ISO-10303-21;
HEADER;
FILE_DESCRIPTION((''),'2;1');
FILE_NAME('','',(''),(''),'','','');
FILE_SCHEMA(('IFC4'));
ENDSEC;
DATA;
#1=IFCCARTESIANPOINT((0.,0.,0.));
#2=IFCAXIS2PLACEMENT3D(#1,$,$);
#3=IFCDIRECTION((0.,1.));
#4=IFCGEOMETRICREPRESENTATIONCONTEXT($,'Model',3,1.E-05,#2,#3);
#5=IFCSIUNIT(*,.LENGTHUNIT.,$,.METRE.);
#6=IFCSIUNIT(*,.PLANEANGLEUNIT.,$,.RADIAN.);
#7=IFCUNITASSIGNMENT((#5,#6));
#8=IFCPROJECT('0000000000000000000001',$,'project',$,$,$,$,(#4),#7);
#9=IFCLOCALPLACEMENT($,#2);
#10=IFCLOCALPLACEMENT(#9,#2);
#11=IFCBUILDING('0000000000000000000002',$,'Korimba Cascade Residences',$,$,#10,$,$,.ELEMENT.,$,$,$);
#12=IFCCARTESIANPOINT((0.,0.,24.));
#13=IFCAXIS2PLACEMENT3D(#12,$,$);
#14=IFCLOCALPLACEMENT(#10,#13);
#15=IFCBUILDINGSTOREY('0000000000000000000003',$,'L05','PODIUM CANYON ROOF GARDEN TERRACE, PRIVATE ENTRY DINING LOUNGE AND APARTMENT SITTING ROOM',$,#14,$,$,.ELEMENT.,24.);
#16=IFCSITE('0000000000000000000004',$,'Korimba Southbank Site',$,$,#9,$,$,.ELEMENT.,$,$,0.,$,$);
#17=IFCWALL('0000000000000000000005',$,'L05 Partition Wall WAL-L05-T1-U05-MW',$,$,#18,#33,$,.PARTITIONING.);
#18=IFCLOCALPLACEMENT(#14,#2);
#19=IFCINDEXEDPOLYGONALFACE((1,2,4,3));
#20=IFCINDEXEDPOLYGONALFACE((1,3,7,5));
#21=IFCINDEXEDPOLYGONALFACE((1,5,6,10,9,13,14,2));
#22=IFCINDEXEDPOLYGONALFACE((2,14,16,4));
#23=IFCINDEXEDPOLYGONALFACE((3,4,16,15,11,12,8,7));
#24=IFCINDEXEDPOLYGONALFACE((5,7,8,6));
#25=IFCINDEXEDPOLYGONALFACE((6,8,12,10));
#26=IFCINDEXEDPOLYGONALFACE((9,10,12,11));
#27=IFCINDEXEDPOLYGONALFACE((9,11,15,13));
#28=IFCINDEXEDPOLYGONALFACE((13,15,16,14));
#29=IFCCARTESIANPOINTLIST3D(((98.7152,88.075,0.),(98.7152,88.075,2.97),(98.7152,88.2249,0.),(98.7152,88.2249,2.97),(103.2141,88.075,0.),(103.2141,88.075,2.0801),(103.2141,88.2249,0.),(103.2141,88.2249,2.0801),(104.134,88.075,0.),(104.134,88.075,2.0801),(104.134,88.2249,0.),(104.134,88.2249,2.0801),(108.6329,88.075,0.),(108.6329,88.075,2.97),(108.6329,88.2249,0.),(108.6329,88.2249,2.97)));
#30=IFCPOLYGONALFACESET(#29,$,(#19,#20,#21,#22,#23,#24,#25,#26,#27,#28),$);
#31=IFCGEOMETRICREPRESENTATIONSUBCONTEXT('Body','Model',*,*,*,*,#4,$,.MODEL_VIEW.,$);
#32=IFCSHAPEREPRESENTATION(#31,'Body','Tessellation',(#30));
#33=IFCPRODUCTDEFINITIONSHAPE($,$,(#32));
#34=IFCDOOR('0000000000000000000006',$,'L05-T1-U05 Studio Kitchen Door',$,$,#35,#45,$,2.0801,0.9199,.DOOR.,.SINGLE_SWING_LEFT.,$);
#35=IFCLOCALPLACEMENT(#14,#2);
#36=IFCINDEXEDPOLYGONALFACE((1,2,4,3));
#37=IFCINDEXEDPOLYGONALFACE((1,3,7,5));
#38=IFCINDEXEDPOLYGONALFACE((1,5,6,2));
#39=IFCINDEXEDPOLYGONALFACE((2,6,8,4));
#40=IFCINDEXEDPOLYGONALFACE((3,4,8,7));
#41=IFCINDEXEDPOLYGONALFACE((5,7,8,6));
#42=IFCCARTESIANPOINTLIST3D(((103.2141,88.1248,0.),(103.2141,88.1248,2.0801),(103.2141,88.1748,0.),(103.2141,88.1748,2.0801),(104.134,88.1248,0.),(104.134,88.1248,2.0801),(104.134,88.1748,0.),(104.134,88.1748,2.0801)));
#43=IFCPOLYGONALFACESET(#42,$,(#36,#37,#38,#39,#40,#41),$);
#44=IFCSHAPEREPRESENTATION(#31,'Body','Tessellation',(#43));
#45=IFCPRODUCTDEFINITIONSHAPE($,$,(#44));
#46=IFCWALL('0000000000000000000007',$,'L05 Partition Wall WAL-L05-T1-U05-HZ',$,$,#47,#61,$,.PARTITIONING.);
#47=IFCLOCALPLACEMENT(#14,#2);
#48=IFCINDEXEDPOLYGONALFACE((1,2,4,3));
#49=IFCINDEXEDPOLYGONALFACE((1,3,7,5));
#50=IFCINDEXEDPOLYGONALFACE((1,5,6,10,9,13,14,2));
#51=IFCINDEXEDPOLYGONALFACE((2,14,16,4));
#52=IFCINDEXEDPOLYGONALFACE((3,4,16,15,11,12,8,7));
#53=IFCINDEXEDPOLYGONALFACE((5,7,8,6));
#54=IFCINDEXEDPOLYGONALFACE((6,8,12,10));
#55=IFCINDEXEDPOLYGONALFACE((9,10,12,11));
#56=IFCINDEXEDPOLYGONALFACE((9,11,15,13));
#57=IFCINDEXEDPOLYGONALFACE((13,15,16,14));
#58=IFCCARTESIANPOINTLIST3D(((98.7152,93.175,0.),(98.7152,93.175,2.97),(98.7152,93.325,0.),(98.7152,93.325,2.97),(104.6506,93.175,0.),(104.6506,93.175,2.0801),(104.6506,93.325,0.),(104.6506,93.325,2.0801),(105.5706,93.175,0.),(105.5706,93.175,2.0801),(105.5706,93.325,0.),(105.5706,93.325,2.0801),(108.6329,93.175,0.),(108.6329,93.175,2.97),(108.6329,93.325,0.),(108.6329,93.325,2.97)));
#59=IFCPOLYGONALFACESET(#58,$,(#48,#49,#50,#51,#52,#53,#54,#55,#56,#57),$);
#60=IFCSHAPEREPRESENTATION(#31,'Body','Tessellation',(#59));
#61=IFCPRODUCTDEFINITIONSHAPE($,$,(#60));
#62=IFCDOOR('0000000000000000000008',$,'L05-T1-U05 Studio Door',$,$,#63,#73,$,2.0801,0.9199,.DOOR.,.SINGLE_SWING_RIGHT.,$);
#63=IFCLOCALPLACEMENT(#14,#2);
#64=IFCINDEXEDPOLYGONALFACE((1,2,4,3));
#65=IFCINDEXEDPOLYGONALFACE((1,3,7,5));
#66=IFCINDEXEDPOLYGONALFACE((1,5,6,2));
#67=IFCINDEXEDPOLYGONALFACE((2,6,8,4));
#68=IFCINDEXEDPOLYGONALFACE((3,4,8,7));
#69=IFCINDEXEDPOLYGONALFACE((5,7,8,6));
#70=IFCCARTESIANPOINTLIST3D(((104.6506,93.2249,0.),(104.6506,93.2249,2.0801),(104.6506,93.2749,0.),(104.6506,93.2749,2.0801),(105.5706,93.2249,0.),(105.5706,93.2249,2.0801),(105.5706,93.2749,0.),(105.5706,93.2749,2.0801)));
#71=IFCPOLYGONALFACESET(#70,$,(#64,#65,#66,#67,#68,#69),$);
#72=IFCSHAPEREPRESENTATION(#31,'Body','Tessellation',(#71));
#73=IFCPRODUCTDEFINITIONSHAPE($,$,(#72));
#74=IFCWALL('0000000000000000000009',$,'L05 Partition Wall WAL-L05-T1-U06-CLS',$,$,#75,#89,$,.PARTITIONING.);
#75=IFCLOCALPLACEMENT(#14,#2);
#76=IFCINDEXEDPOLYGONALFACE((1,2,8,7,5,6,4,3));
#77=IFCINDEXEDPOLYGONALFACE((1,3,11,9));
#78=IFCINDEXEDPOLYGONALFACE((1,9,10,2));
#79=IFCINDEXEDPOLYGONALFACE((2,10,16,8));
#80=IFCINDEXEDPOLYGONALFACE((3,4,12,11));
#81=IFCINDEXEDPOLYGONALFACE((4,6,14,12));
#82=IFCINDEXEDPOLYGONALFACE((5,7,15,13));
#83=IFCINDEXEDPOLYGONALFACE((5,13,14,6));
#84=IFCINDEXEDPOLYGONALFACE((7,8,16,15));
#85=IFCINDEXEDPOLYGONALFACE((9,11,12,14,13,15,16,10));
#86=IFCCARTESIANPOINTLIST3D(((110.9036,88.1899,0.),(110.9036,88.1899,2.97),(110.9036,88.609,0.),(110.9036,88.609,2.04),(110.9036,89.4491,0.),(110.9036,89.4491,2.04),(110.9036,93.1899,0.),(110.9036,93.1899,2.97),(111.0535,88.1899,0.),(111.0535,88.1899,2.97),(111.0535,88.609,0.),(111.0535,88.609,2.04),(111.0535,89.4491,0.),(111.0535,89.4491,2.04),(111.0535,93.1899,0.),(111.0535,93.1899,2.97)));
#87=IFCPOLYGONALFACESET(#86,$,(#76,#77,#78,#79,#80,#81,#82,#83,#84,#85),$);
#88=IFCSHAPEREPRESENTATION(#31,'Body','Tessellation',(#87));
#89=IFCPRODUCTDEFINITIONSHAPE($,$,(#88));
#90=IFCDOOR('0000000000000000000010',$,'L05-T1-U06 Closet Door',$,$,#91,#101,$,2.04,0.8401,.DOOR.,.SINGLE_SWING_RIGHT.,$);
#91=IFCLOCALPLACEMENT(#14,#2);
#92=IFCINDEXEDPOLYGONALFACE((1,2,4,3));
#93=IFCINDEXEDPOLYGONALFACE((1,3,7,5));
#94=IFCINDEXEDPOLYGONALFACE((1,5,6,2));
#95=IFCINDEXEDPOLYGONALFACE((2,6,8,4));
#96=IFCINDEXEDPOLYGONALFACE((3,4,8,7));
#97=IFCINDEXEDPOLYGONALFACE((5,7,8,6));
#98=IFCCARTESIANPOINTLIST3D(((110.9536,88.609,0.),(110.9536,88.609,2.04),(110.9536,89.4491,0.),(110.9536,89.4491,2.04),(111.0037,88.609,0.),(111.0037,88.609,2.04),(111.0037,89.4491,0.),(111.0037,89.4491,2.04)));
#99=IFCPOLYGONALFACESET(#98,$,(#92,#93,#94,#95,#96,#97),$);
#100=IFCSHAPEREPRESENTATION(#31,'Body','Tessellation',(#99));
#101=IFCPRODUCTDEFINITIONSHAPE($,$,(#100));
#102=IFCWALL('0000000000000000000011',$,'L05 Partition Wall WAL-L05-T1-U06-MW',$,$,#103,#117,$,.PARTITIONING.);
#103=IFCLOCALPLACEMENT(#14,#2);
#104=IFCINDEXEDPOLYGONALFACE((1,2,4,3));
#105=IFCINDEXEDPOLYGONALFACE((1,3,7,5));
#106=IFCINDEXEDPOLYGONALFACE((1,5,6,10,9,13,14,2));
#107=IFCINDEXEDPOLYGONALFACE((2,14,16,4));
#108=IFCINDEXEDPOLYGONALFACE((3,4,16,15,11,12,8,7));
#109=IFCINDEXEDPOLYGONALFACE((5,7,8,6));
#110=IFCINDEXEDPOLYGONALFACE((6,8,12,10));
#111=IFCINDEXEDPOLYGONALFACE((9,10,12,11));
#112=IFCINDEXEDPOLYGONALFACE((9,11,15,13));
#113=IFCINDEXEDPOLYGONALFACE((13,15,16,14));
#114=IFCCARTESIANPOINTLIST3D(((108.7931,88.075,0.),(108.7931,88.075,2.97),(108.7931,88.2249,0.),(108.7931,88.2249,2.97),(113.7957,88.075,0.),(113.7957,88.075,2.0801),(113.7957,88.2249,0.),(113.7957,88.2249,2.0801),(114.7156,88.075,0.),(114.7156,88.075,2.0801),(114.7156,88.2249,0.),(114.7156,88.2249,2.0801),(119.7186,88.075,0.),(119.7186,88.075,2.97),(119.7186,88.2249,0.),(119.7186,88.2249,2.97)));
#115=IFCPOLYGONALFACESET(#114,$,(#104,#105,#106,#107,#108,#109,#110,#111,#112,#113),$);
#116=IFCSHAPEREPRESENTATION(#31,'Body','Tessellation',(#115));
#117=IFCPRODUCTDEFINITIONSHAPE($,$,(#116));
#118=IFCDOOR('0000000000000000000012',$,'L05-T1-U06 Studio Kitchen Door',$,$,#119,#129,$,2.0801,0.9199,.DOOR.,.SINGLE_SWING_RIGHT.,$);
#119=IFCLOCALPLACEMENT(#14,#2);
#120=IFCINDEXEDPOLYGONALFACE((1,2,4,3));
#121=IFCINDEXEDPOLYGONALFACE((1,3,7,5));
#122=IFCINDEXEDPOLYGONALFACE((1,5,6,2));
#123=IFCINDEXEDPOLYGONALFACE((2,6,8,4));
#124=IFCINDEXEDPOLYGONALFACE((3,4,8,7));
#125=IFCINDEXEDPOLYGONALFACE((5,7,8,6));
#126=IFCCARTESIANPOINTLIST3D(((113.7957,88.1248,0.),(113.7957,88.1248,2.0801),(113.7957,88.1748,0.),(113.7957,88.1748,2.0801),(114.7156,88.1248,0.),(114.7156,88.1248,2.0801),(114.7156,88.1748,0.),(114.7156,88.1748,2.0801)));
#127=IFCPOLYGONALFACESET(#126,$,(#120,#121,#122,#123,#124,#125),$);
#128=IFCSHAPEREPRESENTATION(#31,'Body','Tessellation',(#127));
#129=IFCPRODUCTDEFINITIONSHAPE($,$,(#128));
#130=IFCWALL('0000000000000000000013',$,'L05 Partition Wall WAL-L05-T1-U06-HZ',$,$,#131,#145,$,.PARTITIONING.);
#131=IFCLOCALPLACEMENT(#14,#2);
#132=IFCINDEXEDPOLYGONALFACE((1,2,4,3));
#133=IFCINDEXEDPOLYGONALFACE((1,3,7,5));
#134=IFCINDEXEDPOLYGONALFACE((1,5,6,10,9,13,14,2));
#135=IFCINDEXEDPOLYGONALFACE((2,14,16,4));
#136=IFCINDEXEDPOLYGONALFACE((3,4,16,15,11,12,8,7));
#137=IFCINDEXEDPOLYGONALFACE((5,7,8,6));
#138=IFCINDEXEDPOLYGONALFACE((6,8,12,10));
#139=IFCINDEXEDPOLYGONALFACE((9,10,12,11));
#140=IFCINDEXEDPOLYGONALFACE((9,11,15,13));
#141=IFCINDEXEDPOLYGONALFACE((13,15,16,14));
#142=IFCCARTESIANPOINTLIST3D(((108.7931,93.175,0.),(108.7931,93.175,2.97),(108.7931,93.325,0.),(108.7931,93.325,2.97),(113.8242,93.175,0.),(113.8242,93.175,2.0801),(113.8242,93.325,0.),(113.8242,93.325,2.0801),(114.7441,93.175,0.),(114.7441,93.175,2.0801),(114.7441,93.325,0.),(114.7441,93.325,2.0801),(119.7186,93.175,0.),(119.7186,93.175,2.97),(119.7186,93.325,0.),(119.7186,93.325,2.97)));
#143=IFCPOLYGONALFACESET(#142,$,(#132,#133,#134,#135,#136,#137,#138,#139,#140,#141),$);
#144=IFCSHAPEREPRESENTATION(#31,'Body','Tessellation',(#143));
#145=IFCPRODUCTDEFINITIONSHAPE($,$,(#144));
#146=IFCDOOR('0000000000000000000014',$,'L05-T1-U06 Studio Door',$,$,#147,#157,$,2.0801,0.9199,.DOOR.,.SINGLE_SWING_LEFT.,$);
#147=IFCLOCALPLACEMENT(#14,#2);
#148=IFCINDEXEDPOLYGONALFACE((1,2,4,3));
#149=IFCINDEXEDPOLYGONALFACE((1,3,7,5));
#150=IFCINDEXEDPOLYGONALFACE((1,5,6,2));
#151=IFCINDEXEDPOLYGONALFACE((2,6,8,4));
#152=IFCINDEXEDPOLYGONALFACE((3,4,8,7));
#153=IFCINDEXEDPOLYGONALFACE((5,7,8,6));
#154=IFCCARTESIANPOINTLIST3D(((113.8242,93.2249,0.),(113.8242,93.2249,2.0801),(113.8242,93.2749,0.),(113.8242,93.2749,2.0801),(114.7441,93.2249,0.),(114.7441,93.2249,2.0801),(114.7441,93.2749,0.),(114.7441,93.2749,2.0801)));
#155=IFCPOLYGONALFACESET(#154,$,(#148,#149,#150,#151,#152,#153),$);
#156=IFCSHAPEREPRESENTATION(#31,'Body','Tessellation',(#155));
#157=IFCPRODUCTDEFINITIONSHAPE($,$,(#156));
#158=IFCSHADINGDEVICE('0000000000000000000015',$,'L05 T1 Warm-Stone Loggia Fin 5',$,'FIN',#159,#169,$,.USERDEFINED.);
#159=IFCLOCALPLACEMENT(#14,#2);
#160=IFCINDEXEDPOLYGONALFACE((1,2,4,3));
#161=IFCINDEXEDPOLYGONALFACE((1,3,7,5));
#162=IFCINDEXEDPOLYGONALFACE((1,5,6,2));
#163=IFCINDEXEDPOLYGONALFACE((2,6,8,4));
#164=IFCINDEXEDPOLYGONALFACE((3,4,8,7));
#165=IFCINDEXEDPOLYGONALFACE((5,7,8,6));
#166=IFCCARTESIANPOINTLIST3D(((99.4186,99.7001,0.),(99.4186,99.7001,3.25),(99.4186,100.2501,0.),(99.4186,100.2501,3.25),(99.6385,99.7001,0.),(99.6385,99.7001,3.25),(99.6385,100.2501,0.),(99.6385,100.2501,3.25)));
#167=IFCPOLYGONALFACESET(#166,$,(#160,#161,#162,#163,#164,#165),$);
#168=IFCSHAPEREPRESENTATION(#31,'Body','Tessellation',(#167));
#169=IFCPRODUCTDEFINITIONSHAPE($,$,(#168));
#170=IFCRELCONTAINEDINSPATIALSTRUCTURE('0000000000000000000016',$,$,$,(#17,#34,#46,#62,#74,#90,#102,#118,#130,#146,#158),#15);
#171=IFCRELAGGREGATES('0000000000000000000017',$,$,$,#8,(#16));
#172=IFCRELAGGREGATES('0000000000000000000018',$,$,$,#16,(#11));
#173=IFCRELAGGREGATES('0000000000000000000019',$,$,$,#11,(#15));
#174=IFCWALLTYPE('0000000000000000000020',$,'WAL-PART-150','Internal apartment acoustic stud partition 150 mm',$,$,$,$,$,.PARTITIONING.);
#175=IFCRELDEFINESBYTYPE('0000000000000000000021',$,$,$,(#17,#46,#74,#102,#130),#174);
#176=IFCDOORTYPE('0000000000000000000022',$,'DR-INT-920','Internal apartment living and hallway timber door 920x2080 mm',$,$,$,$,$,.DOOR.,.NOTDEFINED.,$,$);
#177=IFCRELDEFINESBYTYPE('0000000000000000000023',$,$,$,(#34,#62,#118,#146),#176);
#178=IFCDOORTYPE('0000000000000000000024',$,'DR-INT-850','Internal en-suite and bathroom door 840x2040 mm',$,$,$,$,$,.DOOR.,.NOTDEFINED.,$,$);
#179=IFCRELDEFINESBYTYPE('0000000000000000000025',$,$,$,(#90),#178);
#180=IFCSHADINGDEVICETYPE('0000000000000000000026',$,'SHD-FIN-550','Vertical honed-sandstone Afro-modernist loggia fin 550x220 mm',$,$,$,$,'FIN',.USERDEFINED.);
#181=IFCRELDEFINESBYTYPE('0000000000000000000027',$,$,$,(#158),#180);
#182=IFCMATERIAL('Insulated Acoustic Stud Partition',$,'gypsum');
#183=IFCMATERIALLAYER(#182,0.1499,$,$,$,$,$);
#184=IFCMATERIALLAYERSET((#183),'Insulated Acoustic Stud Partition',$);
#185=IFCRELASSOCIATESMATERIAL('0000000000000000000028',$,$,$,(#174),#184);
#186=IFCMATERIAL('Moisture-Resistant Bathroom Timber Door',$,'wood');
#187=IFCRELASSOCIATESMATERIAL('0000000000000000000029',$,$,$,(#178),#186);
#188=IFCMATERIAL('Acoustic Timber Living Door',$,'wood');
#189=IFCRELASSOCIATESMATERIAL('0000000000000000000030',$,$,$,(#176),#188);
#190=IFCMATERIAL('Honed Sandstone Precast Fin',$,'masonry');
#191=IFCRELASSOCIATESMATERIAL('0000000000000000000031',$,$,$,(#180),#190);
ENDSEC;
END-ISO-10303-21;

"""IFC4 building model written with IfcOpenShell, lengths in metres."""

from ifc_helpers import new_model, si_unit, direction, frame, frame_2d, origin, origin_2d, place, context, subcontext, project, spatial, rectangle, extrude, material, layer, layer_set, type_object, element, fill, save


model = new_model("IFC4")

# Units and contexts
model_context = context("Model", 3, precision=1e-05, world=origin(), true_north=direction((0.0, 1.0)))
body_context = subcontext(model_context, "Body", "Model", "MODEL_VIEW")
ifc_project = project(units=[si_unit("LENGTHUNIT", "METRE"), si_unit("PLANEANGLEUNIT", "RADIAN")], contexts=[model_context])

# Site, building, storey
site_placement = place(None, origin())
site = spatial("IfcSite", under=ifc_project, at=site_placement, Name="Korimba Southbank Site", CompositionType="ELEMENT", RefElevation=0.0)
building_placement = place(site_placement, origin())
building = spatial("IfcBuilding", under=site, at=building_placement, Name="Korimba Cascade Residences", CompositionType="ELEMENT")
storey_placement = place(building_placement, frame((0.0, 0.0, 24.0)))
storey = spatial("IfcBuildingStorey", under=building, at=storey_placement, Name="L05", Description="PODIUM CANYON ROOF GARDEN TERRACE, PRIVATE ENTRY DINING LOUNGE AND APARTMENT SITTING ROOM", CompositionType="ELEMENT", Elevation=24.0)

# Walls, openings, doors
ifc_material_1 = material(Name="Insulated Acoustic Stud Partition", Category="gypsum")
ifc_layer = layer(ifc_material_1, 0.1499)
ifc_layer_set = layer_set([ifc_layer], Name="Insulated Acoustic Stud Partition")
wall_type = type_object("IfcWallType", Name="WAL-PART-150", Description="Internal apartment acoustic stud partition 150 mm", PredefinedType="PARTITIONING", material=ifc_layer_set)
ifc_material_2 = material(Name="Moisture-Resistant Bathroom Timber Door", Category="wood")
door_type_1 = type_object("IfcDoorType", Name="DR-INT-850", Description="Internal en-suite and bathroom door 840x2040 mm", OperationType="NOTDEFINED", PredefinedType="DOOR", material=ifc_material_2)
wall_1_placement = place(storey_placement, frame((98.7151, 88.1499, 0.0), z_axis=(0.0, 0.0, 1.0), x_axis=(1.0, 0.0, 0.0)))
wall_1 = element("IfcWall", 1, at=wall_1_placement, inside=storey, type_object=wall_type, Name="L05 Partition Wall WAL-L05-T1-U05-MW", PredefinedType="PARTITIONING", context=body_context, shape_type="SweptSolid", body=[
    extrude(rectangle(XDim=9.9177, YDim=0.1499, at=frame_2d((4.959, 0.0))), origin(), (0.0, 0.0, 1.0), 2.97),
])
opening_1_placement = place(wall_1_placement, frame((4.499, 0.0, 0.0)))
opening_1 = element("IfcOpeningElement", 2, at=opening_1_placement, cuts=wall_1, PredefinedType="OPENING", context=body_context, shape_type="SweptSolid", body=[
    extrude(rectangle(XDim=0.9199, YDim=2.0801, at=frame_2d((0.46, 1.04))), frame((0.0, 0.085, 0.0), z_axis=(0.0, -1.0, 0.0), x_axis=(1.0, 0.0, 0.0)), (0.0, 0.0, 1.0), 0.1699),
])
ifc_material_3 = material(Name="Acoustic Timber Living Door", Category="wood")
door_type_2 = type_object("IfcDoorType", Name="DR-INT-920", Description="Internal apartment living and hallway timber door 920x2080 mm", OperationType="NOTDEFINED", PredefinedType="DOOR", material=ifc_material_3)
door_1_placement = place(opening_1_placement, origin())
door_1 = element("IfcDoor", 3, at=door_1_placement, inside=storey, type_object=door_type_2, Name="L05-T1-U05 Studio Kitchen Door", OperationType="SINGLE_SWING_LEFT", OverallHeight=2.0801, OverallWidth=0.9199, PredefinedType="DOOR", context=body_context, shape_type="SweptSolid", body=[
    extrude(rectangle(XDim=0.9199, YDim=2.0801, at=frame_2d((0.46, 1.04))), frame((0.0, 0.0249, 0.0), z_axis=(0.0, -1.0, 0.0), x_axis=(1.0, 0.0, 0.0)), (0.0, 0.0, 1.0), 0.05),
])
fill(opening_1, door_1)
wall_2_placement = place(storey_placement, frame((98.7151, 93.25, 0.0), z_axis=(0.0, 0.0, 1.0), x_axis=(1.0, 0.0, 0.0)))
wall_2 = element("IfcWall", 4, at=wall_2_placement, inside=storey, type_object=wall_type, Name="L05 Partition Wall WAL-L05-T1-U05-HZ", PredefinedType="PARTITIONING", context=body_context, shape_type="SweptSolid", body=[
    extrude(rectangle(XDim=9.9177, YDim=0.1499, at=frame_2d((4.959, 0.0))), origin(), (0.0, 0.0, 1.0), 2.97),
])
opening_2_placement = place(wall_2_placement, frame((5.9355, 0.0, 0.0)))
opening_2 = element("IfcOpeningElement", 5, at=opening_2_placement, cuts=wall_2, PredefinedType="OPENING", context=body_context, shape_type="SweptSolid", body=[
    extrude(rectangle(XDim=0.9199, YDim=2.0801, at=frame_2d((0.46, 1.04))), frame((0.0, 0.085, 0.0), z_axis=(0.0, -1.0, 0.0), x_axis=(1.0, 0.0, 0.0)), (0.0, 0.0, 1.0), 0.1699),
])
door_2_placement = place(opening_2_placement, origin())
door_2 = element("IfcDoor", 6, at=door_2_placement, inside=storey, type_object=door_type_2, Name="L05-T1-U05 Studio Door", OperationType="SINGLE_SWING_RIGHT", OverallHeight=2.0801, OverallWidth=0.9199, PredefinedType="DOOR", context=body_context, shape_type="SweptSolid", body=[
    extrude(rectangle(XDim=0.9199, YDim=2.0801, at=frame_2d((0.46, 1.04))), frame((0.0, 0.0249, 0.0), z_axis=(0.0, -1.0, 0.0), x_axis=(1.0, 0.0, 0.0)), (0.0, 0.0, 1.0), 0.05),
])
fill(opening_2, door_2)
wall_3_placement = place(storey_placement, frame((110.9785, 88.1899, 0.0), z_axis=(0.0, 0.0, 1.0), x_axis=(0.0, 1.0, 0.0)))
wall_3 = element("IfcWall", 7, at=wall_3_placement, inside=storey, type_object=wall_type, Name="L05 Partition Wall WAL-L05-T1-U06-CLS", PredefinedType="PARTITIONING", context=body_context, shape_type="SweptSolid", body=[
    extrude(rectangle(XDim=5.0, YDim=0.1499, at=frame_2d((2.5, 0.0))), origin(), (0.0, 0.0, 1.0), 2.97),
])
opening_3_placement = place(wall_3_placement, frame((0.4192, 0.0, 0.0)))
opening_3 = element("IfcOpeningElement", 8, at=opening_3_placement, cuts=wall_3, PredefinedType="OPENING", context=body_context, shape_type="SweptSolid", body=[
    extrude(rectangle(XDim=0.8401, YDim=2.04, at=frame_2d((0.4199, 1.02))), frame((0.0, 0.085, 0.0), z_axis=(0.0, -1.0, 0.0), x_axis=(1.0, 0.0, 0.0)), (0.0, 0.0, 1.0), 0.1699),
])
door_3_placement = place(opening_3_placement, origin())
door_3 = element("IfcDoor", 9, at=door_3_placement, inside=storey, type_object=door_type_1, Name="L05-T1-U06 Closet Door", OperationType="SINGLE_SWING_RIGHT", OverallHeight=2.04, OverallWidth=0.8401, PredefinedType="DOOR", context=body_context, shape_type="SweptSolid", body=[
    extrude(rectangle(XDim=0.8401, YDim=2.04, at=frame_2d((0.4199, 1.02))), frame((0.0, 0.0249, 0.0), z_axis=(0.0, -1.0, 0.0), x_axis=(1.0, 0.0, 0.0)), (0.0, 0.0, 1.0), 0.05),
])
fill(opening_3, door_3)
wall_4_placement = place(storey_placement, frame((108.793, 88.1499, 0.0), z_axis=(0.0, 0.0, 1.0), x_axis=(1.0, 0.0, 0.0)))
wall_4 = element("IfcWall", 10, at=wall_4_placement, inside=storey, type_object=wall_type, Name="L05 Partition Wall WAL-L05-T1-U06-MW", PredefinedType="PARTITIONING", context=body_context, shape_type="SweptSolid", body=[
    extrude(rectangle(XDim=10.9255, YDim=0.1499, at=frame_2d((5.4629, 0.0))), origin(), (0.0, 0.0, 1.0), 2.97),
])
opening_4_placement = place(wall_4_placement, frame((5.0027, 0.0, 0.0)))
opening_4 = element("IfcOpeningElement", 11, at=opening_4_placement, cuts=wall_4, PredefinedType="OPENING", context=body_context, shape_type="SweptSolid", body=[
    extrude(rectangle(XDim=0.9199, YDim=2.0801, at=frame_2d((0.46, 1.04))), frame((0.0, 0.085, 0.0), z_axis=(0.0, -1.0, 0.0), x_axis=(1.0, 0.0, 0.0)), (0.0, 0.0, 1.0), 0.1699),
])
door_4_placement = place(opening_4_placement, origin())
door_4 = element("IfcDoor", 12, at=door_4_placement, inside=storey, type_object=door_type_2, Name="L05-T1-U06 Studio Kitchen Door", OperationType="SINGLE_SWING_RIGHT", OverallHeight=2.0801, OverallWidth=0.9199, PredefinedType="DOOR", context=body_context, shape_type="SweptSolid", body=[
    extrude(rectangle(XDim=0.9199, YDim=2.0801, at=frame_2d((0.46, 1.04))), frame((0.0, 0.0249, 0.0), z_axis=(0.0, -1.0, 0.0), x_axis=(1.0, 0.0, 0.0)), (0.0, 0.0, 1.0), 0.05),
])
fill(opening_4, door_4)
wall_5_placement = place(storey_placement, frame((108.793, 93.25, 0.0), z_axis=(0.0, 0.0, 1.0), x_axis=(1.0, 0.0, 0.0)))
wall_5 = element("IfcWall", 13, at=wall_5_placement, inside=storey, type_object=wall_type, Name="L05 Partition Wall WAL-L05-T1-U06-HZ", PredefinedType="PARTITIONING", context=body_context, shape_type="SweptSolid", body=[
    extrude(rectangle(XDim=10.9255, YDim=0.1499, at=frame_2d((5.4629, 0.0))), origin(), (0.0, 0.0, 1.0), 2.97),
])
opening_5_placement = place(wall_5_placement, frame((5.0312, 0.0, 0.0)))
opening_5 = element("IfcOpeningElement", 14, at=opening_5_placement, cuts=wall_5, PredefinedType="OPENING", context=body_context, shape_type="SweptSolid", body=[
    extrude(rectangle(XDim=0.9199, YDim=2.0801, at=frame_2d((0.46, 1.04))), frame((0.0, 0.085, 0.0), z_axis=(0.0, -1.0, 0.0), x_axis=(1.0, 0.0, 0.0)), (0.0, 0.0, 1.0), 0.1699),
])
door_5_placement = place(opening_5_placement, origin())
door_5 = element("IfcDoor", 15, at=door_5_placement, inside=storey, type_object=door_type_2, Name="L05-T1-U06 Studio Door", OperationType="SINGLE_SWING_LEFT", OverallHeight=2.0801, OverallWidth=0.9199, PredefinedType="DOOR", context=body_context, shape_type="SweptSolid", body=[
    extrude(rectangle(XDim=0.9199, YDim=2.0801, at=frame_2d((0.46, 1.04))), frame((0.0, 0.0249, 0.0), z_axis=(0.0, -1.0, 0.0), x_axis=(1.0, 0.0, 0.0)), (0.0, 0.0, 1.0), 0.05),
])
fill(opening_5, door_5)

# Shading device
ifc_material_4 = material(Name="Honed Sandstone Precast Fin", Category="masonry")
shading_device_type = type_object("IfcShadingDeviceType", Name="SHD-FIN-550", Description="Vertical honed-sandstone Afro-modernist loggia fin 550x220 mm", ElementType="FIN", PredefinedType="USERDEFINED", material=ifc_material_4)
for number, where, z_axis, x_axis, name in (
    (16, (99.5286, 99.9751, 0.0), (0.0, 0.0, 1.0), (1.0, 0.0, 0.0), "L05 T1 Warm-Stone Loggia Fin 5"),
):
    element("IfcShadingDevice", number, at=place(storey_placement, frame(where, z_axis=z_axis, x_axis=x_axis)), inside=storey, type_object=shading_device_type, Name=name, ObjectType="FIN", PredefinedType="USERDEFINED", context=body_context, shape_type="SweptSolid", body=[
        extrude(rectangle(XDim=0.22, YDim=0.55, at=origin_2d()), origin(), (0.0, 0.0, 1.0), 3.25),
    ])

save(model, "model.ifc")
